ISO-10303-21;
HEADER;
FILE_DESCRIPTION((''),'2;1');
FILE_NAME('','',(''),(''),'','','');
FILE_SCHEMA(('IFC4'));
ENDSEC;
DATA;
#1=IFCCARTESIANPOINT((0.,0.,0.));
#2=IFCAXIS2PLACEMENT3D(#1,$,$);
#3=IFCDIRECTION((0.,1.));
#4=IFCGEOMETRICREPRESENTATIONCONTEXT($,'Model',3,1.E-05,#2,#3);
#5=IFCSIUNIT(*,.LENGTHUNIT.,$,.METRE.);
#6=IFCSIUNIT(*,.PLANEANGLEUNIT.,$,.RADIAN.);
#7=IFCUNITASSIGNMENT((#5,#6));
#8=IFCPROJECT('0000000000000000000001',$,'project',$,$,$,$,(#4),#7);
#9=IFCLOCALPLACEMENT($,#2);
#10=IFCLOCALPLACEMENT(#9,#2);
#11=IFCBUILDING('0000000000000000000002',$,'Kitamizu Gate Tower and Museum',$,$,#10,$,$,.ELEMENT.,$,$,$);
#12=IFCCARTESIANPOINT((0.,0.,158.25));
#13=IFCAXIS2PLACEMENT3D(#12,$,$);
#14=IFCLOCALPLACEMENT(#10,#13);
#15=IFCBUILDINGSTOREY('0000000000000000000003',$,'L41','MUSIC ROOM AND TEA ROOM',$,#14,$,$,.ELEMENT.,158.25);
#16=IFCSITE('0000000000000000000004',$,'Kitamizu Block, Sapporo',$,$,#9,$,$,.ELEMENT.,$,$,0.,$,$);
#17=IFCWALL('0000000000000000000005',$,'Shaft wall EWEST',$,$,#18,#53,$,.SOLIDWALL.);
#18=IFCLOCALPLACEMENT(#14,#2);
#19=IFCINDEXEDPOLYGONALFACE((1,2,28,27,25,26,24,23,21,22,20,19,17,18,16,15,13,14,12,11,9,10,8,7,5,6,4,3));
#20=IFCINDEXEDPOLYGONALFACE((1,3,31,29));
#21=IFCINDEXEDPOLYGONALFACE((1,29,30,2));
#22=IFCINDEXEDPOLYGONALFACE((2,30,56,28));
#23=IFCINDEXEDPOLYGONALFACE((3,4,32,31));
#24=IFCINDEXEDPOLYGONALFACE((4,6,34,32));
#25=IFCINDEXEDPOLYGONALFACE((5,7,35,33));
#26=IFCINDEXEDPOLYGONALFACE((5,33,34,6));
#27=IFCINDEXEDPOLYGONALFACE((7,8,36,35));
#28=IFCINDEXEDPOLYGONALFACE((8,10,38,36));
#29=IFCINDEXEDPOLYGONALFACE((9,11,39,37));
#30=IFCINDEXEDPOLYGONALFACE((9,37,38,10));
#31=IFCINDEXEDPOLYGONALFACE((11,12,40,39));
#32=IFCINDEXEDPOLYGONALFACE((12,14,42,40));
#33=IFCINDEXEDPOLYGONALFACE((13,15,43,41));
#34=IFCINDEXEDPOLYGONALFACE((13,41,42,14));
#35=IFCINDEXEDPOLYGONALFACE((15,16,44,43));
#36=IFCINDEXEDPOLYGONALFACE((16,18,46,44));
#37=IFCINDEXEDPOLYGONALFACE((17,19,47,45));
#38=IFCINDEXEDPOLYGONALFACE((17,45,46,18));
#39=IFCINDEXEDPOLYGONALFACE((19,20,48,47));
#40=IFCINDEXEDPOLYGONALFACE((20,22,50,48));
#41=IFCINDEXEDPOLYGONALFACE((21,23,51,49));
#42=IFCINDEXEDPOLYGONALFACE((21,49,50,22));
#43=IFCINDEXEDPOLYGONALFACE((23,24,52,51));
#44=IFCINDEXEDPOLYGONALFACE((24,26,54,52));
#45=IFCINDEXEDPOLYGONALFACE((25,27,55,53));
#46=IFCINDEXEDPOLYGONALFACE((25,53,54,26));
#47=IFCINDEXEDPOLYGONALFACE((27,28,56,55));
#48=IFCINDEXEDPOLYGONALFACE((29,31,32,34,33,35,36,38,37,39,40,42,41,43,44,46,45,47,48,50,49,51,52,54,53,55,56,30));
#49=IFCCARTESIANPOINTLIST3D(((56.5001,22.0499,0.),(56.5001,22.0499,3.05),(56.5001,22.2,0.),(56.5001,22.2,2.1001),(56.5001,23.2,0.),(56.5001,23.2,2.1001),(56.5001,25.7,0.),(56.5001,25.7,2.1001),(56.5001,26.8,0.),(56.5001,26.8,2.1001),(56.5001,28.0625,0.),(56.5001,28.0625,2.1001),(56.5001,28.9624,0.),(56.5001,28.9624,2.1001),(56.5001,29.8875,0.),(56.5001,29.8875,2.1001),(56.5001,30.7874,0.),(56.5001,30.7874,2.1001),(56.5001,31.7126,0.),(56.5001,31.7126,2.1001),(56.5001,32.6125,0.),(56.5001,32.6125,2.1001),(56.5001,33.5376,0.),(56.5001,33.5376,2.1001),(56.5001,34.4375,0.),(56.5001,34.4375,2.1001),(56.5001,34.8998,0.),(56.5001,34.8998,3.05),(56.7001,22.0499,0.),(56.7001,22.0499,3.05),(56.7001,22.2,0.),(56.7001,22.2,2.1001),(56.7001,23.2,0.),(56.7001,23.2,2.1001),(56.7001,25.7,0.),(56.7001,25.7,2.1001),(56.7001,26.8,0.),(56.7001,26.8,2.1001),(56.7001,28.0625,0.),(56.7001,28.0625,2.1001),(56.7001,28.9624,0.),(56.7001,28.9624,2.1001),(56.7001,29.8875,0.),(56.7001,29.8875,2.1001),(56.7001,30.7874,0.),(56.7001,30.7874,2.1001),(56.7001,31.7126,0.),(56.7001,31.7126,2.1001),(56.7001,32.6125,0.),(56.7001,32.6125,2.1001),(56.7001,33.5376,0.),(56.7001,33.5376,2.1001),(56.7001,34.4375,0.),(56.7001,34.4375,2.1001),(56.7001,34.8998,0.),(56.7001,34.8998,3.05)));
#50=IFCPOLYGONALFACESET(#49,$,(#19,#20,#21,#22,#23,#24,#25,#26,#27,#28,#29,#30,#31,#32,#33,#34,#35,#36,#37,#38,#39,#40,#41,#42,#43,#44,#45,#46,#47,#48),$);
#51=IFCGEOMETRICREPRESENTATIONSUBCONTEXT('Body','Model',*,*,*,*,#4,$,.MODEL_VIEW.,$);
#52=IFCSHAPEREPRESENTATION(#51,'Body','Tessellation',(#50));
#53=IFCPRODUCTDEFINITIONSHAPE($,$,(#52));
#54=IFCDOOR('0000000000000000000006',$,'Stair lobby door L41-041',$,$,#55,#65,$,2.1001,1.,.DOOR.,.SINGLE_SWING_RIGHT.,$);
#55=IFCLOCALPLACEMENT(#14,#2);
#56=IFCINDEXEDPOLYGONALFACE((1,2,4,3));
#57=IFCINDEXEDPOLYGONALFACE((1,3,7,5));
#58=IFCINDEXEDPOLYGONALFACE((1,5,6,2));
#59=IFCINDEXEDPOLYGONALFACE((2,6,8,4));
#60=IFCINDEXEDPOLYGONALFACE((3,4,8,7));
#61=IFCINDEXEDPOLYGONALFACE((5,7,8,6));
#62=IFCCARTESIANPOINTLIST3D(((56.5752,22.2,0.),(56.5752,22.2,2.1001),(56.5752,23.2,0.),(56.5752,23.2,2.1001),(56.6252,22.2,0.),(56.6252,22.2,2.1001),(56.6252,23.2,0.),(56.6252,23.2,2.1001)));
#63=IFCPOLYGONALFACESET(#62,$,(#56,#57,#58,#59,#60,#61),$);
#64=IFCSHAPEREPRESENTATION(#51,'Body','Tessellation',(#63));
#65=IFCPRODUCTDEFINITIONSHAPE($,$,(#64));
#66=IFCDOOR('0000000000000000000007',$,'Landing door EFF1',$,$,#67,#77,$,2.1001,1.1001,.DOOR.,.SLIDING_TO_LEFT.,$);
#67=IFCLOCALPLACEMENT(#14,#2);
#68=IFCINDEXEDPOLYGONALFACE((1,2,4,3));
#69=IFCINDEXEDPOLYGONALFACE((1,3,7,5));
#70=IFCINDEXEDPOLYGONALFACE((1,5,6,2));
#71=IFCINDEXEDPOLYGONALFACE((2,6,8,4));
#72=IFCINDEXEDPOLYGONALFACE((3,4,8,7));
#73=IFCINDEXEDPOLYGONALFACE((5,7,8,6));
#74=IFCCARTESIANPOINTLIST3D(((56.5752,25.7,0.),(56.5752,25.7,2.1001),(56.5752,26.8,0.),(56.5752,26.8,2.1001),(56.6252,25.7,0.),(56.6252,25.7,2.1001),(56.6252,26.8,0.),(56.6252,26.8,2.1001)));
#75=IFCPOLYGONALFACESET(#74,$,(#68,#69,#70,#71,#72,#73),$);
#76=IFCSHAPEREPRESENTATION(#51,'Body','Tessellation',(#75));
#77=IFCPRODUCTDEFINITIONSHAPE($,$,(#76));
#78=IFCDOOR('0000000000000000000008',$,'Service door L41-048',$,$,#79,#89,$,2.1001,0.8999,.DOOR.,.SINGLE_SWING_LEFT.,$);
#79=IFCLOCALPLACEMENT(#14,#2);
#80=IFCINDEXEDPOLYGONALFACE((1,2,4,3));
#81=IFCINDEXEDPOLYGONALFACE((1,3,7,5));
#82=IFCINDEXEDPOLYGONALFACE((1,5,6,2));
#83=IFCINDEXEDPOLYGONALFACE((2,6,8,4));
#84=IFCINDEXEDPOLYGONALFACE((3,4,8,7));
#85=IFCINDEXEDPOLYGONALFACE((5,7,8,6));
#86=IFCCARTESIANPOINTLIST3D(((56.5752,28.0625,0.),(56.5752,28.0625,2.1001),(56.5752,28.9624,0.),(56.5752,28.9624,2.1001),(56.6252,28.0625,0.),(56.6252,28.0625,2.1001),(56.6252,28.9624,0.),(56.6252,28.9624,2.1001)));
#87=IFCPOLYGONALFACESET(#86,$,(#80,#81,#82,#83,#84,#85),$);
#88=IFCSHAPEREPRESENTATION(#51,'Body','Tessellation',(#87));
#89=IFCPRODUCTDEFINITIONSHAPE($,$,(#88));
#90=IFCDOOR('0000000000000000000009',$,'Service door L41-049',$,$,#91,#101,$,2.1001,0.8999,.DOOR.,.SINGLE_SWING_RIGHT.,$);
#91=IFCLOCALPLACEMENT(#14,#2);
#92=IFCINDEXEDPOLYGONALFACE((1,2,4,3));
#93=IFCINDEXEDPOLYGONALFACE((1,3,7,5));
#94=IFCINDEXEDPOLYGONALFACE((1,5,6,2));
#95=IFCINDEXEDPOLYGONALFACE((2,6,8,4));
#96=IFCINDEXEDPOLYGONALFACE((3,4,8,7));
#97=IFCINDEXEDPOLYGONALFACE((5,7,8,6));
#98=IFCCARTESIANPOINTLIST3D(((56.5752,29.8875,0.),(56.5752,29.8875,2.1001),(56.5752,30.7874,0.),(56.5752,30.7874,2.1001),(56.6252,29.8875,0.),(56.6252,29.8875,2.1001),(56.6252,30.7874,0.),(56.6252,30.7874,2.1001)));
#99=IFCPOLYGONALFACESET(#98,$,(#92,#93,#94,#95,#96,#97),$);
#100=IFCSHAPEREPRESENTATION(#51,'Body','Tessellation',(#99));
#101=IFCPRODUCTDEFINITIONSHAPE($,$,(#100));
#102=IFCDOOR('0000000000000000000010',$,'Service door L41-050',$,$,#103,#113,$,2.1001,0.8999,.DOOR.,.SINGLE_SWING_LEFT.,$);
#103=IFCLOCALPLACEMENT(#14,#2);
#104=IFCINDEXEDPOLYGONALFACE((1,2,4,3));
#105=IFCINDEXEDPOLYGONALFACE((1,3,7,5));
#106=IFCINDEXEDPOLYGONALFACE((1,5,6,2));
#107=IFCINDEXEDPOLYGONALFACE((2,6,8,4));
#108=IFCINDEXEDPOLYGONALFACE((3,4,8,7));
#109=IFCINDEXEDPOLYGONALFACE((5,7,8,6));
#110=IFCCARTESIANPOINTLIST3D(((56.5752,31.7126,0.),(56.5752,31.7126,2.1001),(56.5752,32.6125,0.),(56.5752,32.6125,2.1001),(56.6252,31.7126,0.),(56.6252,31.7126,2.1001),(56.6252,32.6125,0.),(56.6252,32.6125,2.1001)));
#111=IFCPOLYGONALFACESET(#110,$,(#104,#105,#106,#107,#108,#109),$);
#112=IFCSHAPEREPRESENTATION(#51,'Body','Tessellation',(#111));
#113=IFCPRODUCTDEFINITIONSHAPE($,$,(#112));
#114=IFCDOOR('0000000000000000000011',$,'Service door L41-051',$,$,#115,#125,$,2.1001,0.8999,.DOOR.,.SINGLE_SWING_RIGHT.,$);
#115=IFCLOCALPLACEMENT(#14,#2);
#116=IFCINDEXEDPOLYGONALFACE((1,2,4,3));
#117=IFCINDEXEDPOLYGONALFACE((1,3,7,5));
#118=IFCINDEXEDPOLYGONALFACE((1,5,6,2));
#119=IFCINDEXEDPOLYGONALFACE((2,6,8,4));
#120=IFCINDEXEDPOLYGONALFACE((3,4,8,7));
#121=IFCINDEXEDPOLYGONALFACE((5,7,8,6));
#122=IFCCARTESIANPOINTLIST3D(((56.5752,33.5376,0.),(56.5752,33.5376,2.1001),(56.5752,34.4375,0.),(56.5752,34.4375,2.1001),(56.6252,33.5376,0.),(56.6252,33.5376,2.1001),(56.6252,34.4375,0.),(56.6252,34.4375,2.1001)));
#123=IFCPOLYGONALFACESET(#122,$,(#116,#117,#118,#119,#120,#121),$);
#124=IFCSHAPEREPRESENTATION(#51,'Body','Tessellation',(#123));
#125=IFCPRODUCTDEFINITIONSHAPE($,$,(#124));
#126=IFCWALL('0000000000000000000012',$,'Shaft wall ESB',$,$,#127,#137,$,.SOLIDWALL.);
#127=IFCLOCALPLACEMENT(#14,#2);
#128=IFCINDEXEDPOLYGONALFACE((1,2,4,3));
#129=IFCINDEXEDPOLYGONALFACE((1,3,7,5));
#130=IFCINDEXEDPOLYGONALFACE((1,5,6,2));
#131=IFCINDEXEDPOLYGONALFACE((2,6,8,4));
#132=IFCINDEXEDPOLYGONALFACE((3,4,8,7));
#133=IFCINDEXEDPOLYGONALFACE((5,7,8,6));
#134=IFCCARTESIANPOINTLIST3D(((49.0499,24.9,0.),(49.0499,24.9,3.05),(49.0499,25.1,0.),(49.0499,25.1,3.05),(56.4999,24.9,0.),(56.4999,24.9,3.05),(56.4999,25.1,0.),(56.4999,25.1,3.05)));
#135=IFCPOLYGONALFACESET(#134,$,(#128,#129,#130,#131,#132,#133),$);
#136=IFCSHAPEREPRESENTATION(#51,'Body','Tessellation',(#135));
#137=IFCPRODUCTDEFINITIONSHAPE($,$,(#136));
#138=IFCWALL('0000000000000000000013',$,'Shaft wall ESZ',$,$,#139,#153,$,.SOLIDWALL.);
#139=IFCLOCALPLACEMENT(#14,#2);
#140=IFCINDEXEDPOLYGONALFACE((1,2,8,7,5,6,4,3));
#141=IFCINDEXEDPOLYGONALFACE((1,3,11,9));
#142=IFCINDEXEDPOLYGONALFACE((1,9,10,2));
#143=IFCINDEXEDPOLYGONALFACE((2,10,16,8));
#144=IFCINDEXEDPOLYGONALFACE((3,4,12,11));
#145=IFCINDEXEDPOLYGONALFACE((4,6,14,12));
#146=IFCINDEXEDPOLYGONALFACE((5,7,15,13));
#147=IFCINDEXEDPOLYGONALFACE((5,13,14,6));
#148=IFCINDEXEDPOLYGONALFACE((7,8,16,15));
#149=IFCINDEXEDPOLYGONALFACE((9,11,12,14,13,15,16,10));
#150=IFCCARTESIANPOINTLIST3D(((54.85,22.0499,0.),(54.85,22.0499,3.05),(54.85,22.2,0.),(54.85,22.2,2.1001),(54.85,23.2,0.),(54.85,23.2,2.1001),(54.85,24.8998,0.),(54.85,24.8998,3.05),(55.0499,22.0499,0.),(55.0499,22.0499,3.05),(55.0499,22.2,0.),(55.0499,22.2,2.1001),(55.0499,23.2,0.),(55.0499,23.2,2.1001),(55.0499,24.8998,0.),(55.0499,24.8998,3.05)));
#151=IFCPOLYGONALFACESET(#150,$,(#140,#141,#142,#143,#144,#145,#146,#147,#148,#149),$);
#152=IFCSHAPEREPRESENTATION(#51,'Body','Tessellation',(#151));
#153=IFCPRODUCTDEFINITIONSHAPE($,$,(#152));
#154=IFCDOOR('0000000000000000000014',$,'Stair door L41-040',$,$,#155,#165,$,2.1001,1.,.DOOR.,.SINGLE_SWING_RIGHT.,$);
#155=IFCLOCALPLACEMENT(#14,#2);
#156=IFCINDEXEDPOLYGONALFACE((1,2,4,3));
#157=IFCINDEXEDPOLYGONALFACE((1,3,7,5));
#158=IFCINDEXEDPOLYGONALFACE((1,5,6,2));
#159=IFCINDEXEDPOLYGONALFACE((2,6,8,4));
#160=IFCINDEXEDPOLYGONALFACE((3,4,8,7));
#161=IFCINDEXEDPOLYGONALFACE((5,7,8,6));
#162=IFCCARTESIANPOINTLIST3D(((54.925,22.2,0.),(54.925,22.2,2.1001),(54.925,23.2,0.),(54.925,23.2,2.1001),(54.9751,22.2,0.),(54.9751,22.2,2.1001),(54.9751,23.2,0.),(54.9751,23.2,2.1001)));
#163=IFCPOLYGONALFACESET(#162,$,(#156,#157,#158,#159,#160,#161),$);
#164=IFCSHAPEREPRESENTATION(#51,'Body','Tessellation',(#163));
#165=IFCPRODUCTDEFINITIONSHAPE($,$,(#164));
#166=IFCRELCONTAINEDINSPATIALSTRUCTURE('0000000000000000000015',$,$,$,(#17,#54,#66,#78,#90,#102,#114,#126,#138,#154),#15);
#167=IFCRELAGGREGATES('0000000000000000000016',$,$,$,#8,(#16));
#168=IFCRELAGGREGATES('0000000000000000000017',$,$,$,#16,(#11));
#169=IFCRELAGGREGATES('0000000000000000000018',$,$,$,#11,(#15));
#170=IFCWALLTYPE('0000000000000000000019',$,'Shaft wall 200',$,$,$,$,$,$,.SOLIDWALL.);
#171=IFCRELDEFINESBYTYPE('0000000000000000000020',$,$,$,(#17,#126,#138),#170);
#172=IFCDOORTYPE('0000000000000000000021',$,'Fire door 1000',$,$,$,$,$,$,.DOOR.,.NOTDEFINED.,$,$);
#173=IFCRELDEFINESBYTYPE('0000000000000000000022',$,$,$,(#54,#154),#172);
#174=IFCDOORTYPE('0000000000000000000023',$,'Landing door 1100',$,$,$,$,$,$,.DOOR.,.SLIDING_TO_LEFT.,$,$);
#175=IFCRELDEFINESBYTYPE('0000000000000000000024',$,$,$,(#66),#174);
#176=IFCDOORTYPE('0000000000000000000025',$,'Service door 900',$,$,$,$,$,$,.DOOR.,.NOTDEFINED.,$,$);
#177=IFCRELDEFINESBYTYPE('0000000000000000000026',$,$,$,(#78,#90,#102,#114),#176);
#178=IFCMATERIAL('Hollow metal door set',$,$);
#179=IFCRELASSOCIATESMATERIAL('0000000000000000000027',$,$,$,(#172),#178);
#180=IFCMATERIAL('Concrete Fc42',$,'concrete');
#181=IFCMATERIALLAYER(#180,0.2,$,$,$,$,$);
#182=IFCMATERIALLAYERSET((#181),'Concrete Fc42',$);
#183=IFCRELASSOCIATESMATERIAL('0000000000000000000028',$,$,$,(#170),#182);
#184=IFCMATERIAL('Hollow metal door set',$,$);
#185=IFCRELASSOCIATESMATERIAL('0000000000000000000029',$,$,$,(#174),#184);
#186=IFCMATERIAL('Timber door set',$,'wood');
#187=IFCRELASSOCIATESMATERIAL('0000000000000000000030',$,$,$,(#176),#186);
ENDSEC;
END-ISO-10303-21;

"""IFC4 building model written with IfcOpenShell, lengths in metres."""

from ifc_helpers import new_model, si_unit, direction, frame, frame_2d, origin, place, context, subcontext, project, spatial, rectangle, extrude, material, layer, layer_set, type_object, element, fill, save


model = new_model("IFC4")

# Units and contexts
model_context = context("Model", 3, precision=1e-05, world=origin(), true_north=direction((0.0, 1.0)))
body_context = subcontext(model_context, "Body", "Model", "MODEL_VIEW")
ifc_project = project(units=[si_unit("LENGTHUNIT", "METRE"), si_unit("PLANEANGLEUNIT", "RADIAN")], contexts=[model_context])

# Site, building, storey
site_placement = place(None, origin())
site = spatial("IfcSite", under=ifc_project, at=site_placement, Name="Kitamizu Block, Sapporo", CompositionType="ELEMENT", RefElevation=0.0)
building_placement = place(site_placement, origin())
building = spatial("IfcBuilding", under=site, at=building_placement, Name="Kitamizu Gate Tower and Museum", CompositionType="ELEMENT")
storey_placement = place(building_placement, frame((0.0, 0.0, 158.25)))
storey = spatial("IfcBuildingStorey", under=building, at=storey_placement, Name="L41", Description="MUSIC ROOM AND TEA ROOM", CompositionType="ELEMENT", Elevation=158.25)

# Shared definitions
ifc_material_1 = material(Name="Hollow metal door set")
door_type_1 = type_object("IfcDoorType", Name="Fire door 1000", OperationType="NOTDEFINED", PredefinedType="DOOR", material=ifc_material_1)

# Wall, openings, doors
ifc_material_2 = material(Name="Concrete Fc42", Category="concrete")
ifc_layer_1 = layer(ifc_material_2, 0.2)
ifc_layer_set_1 = layer_set([ifc_layer_1], Name="Concrete Fc42")
wall_type_1 = type_object("IfcWallType", Name="Shaft wall 200", PredefinedType="SOLIDWALL", material=ifc_layer_set_1)
wall_1_placement = place(storey_placement, frame((56.6001, 22.05, 0.0), z_axis=(0.0, 0.0, 1.0), x_axis=(0.0, 1.0, 0.0)))
wall_1 = element("IfcWall", 1, at=wall_1_placement, inside=storey, type_object=wall_type_1, Name="Shaft wall EWEST", PredefinedType="SOLIDWALL", context=body_context, shape_type="SweptSolid", body=[
    extrude(rectangle(XDim=12.8499, YDim=0.2, at=frame_2d((6.4248, 0.0))), origin(), (0.0, 0.0, 1.0), 3.05),
])
opening_1_placement = place(wall_1_placement, frame((3.6499, 0.0, 0.0)))
opening_1 = element("IfcOpeningElement", 2, at=opening_1_placement, cuts=wall_1, PredefinedType="OPENING", context=body_context, shape_type="SweptSolid", body=[
    extrude(rectangle(XDim=1.1001, YDim=2.1001, at=frame_2d((0.55, 1.05))), frame((0.0, 0.1099, 0.0), z_axis=(0.0, -1.0, 0.0), x_axis=(1.0, 0.0, 0.0)), (0.0, 0.0, 1.0), 0.22),
])
opening_2_placement = place(wall_1_placement, frame((0.1499, 0.0, 0.0)))
opening_2 = element("IfcOpeningElement", 3, at=opening_2_placement, cuts=wall_1, PredefinedType="OPENING", context=body_context, shape_type="SweptSolid", body=[
    extrude(rectangle(XDim=1.0, YDim=2.1001, at=frame_2d((0.5, 1.05))), frame((0.0, 0.1099, 0.0), z_axis=(0.0, -1.0, 0.0), x_axis=(1.0, 0.0, 0.0)), (0.0, 0.0, 1.0), 0.22),
])
opening_3_placement = place(wall_1_placement, frame((6.0125, 0.0, 0.0)))
opening_3 = element("IfcOpeningElement", 4, at=opening_3_placement, cuts=wall_1, PredefinedType="OPENING", context=body_context, shape_type="SweptSolid", body=[
    extrude(rectangle(XDim=0.8999, YDim=2.1001, at=frame_2d((0.45, 1.05))), frame((0.0, 0.1099, 0.0), z_axis=(0.0, -1.0, 0.0), x_axis=(1.0, 0.0, 0.0)), (0.0, 0.0, 1.0), 0.22),
])
opening_4_placement = place(wall_1_placement, frame((7.8374, 0.0, 0.0)))
opening_4 = element("IfcOpeningElement", 5, at=opening_4_placement, cuts=wall_1, PredefinedType="OPENING", context=body_context, shape_type="SweptSolid", body=[
    extrude(rectangle(XDim=0.8999, YDim=2.1001, at=frame_2d((0.45, 1.05))), frame((0.0, 0.1099, 0.0), z_axis=(0.0, -1.0, 0.0), x_axis=(1.0, 0.0, 0.0)), (0.0, 0.0, 1.0), 0.22),
])
opening_5_placement = place(wall_1_placement, frame((9.6626, 0.0, 0.0)))
opening_5 = element("IfcOpeningElement", 6, at=opening_5_placement, cuts=wall_1, PredefinedType="OPENING", context=body_context, shape_type="SweptSolid", body=[
    extrude(rectangle(XDim=0.8999, YDim=2.1001, at=frame_2d((0.45, 1.05))), frame((0.0, 0.1099, 0.0), z_axis=(0.0, -1.0, 0.0), x_axis=(1.0, 0.0, 0.0)), (0.0, 0.0, 1.0), 0.22),
])
opening_6_placement = place(wall_1_placement, frame((11.4875, 0.0, 0.0)))
opening_6 = element("IfcOpeningElement", 7, at=opening_6_placement, cuts=wall_1, PredefinedType="OPENING", context=body_context, shape_type="SweptSolid", body=[
    extrude(rectangle(XDim=0.8999, YDim=2.1001, at=frame_2d((0.45, 1.05))), frame((0.0, 0.1099, 0.0), z_axis=(0.0, -1.0, 0.0), x_axis=(1.0, 0.0, 0.0)), (0.0, 0.0, 1.0), 0.22),
])
door_1_placement = place(opening_2_placement, origin())
door_1 = element("IfcDoor", 8, at=door_1_placement, inside=storey, type_object=door_type_1, Name="Stair lobby door L41-041", OperationType="SINGLE_SWING_RIGHT", OverallHeight=2.1001, OverallWidth=1.0, PredefinedType="DOOR", context=body_context, shape_type="SweptSolid", body=[
    extrude(rectangle(XDim=1.0, YDim=2.1001, at=frame_2d((0.5, 1.05))), frame((0.0, 0.0249, 0.0), z_axis=(0.0, -1.0, 0.0), x_axis=(1.0, 0.0, 0.0)), (0.0, 0.0, 1.0), 0.05),
])
fill(opening_2, door_1)
ifc_material_3 = material(Name="Hollow metal door set")
door_type_2 = type_object("IfcDoorType", Name="Landing door 1100", OperationType="SLIDING_TO_LEFT", PredefinedType="DOOR", material=ifc_material_3)
door_2_placement = place(opening_1_placement, origin())
door_2 = element("IfcDoor", 9, at=door_2_placement, inside=storey, type_object=door_type_2, Name="Landing door EFF1", OperationType="SLIDING_TO_LEFT", OverallHeight=2.1001, OverallWidth=1.1001, PredefinedType="DOOR", context=body_context, shape_type="SweptSolid", body=[
    extrude(rectangle(XDim=1.1001, YDim=2.1001, at=frame_2d((0.55, 1.05))), frame((0.0, 0.0249, 0.0), z_axis=(0.0, -1.0, 0.0), x_axis=(1.0, 0.0, 0.0)), (0.0, 0.0, 1.0), 0.05),
])
fill(opening_1, door_2)
ifc_material_4 = material(Name="Timber door set", Category="wood")
door_type_3 = type_object("IfcDoorType", Name="Service door 900", OperationType="NOTDEFINED", PredefinedType="DOOR", material=ifc_material_4)
door_3_placement = place(opening_3_placement, origin())
door_3 = element("IfcDoor", 10, at=door_3_placement, inside=storey, type_object=door_type_3, Name="Service door L41-048", OperationType="SINGLE_SWING_LEFT", OverallHeight=2.1001, OverallWidth=0.8999, PredefinedType="DOOR", context=body_context, shape_type="SweptSolid", body=[
    extrude(rectangle(XDim=0.8999, YDim=2.1001, at=frame_2d((0.45, 1.05))), frame((0.0, 0.0249, 0.0), z_axis=(0.0, -1.0, 0.0), x_axis=(1.0, 0.0, 0.0)), (0.0, 0.0, 1.0), 0.05),
])
fill(opening_3, door_3)
door_4_placement = place(opening_4_placement, origin())
door_4 = element("IfcDoor", 11, at=door_4_placement, inside=storey, type_object=door_type_3, Name="Service door L41-049", OperationType="SINGLE_SWING_RIGHT", OverallHeight=2.1001, OverallWidth=0.8999, PredefinedType="DOOR", context=body_context, shape_type="SweptSolid", body=[
    extrude(rectangle(XDim=0.8999, YDim=2.1001, at=frame_2d((0.45, 1.05))), frame((0.0, 0.0249, 0.0), z_axis=(0.0, -1.0, 0.0), x_axis=(1.0, 0.0, 0.0)), (0.0, 0.0, 1.0), 0.05),
])
fill(opening_4, door_4)
door_5_placement = place(opening_5_placement, origin())
door_5 = element("IfcDoor", 12, at=door_5_placement, inside=storey, type_object=door_type_3, Name="Service door L41-050", OperationType="SINGLE_SWING_LEFT", OverallHeight=2.1001, OverallWidth=0.8999, PredefinedType="DOOR", context=body_context, shape_type="SweptSolid", body=[
    extrude(rectangle(XDim=0.8999, YDim=2.1001, at=frame_2d((0.45, 1.05))), frame((0.0, 0.0249, 0.0), z_axis=(0.0, -1.0, 0.0), x_axis=(1.0, 0.0, 0.0)), (0.0, 0.0, 1.0), 0.05),
])
fill(opening_5, door_5)
door_6_placement = place(opening_6_placement, origin())
door_6 = element("IfcDoor", 13, at=door_6_placement, inside=storey, type_object=door_type_3, Name="Service door L41-051", OperationType="SINGLE_SWING_RIGHT", OverallHeight=2.1001, OverallWidth=0.8999, PredefinedType="DOOR", context=body_context, shape_type="SweptSolid", body=[
    extrude(rectangle(XDim=0.8999, YDim=2.1001, at=frame_2d((0.45, 1.05))), frame((0.0, 0.0249, 0.0), z_axis=(0.0, -1.0, 0.0), x_axis=(1.0, 0.0, 0.0)), (0.0, 0.0, 1.0), 0.05),
])
fill(opening_6, door_6)

# Wall
wall_2_placement = place(storey_placement, frame((56.5, 25.0, 0.0), z_axis=(0.0, 0.0, 1.0), x_axis=(-1.0, 0.0, 0.0)))
element("IfcWall", 14, at=wall_2_placement, inside=storey, type_object=wall_type_1, Name="Shaft wall ESB", PredefinedType="SOLIDWALL", context=body_context, shape_type="SweptSolid", body=[
    extrude(rectangle(XDim=7.45, YDim=0.2, at=frame_2d((3.7251, 0.0))), origin(), (0.0, 0.0, 1.0), 3.05),
])

# Wall, opening, door
wall_3_placement = place(storey_placement, frame((54.95, 22.05, 0.0), z_axis=(0.0, 0.0, 1.0), x_axis=(0.0, 1.0, 0.0)))
wall_3 = element("IfcWall", 15, at=wall_3_placement, inside=storey, type_object=wall_type_1, Name="Shaft wall ESZ", PredefinedType="SOLIDWALL", context=body_context, shape_type="SweptSolid", body=[
    extrude(rectangle(XDim=2.8499, YDim=0.2, at=frame_2d((1.4248, 0.0))), origin(), (0.0, 0.0, 1.0), 3.05),
])
opening_7_placement = place(wall_3_placement, frame((0.1499, 0.0, 0.0)))
opening_7 = element("IfcOpeningElement", 16, at=opening_7_placement, cuts=wall_3, PredefinedType="OPENING", context=body_context, shape_type="SweptSolid", body=[
    extrude(rectangle(XDim=1.0, YDim=2.1001, at=frame_2d((0.5, 1.05))), frame((0.0, 0.1099, 0.0), z_axis=(0.0, -1.0, 0.0), x_axis=(1.0, 0.0, 0.0)), (0.0, 0.0, 1.0), 0.22),
])
door_7_placement = place(opening_7_placement, origin())
door_7 = element("IfcDoor", 17, at=door_7_placement, inside=storey, type_object=door_type_1, Name="Stair door L41-040", OperationType="SINGLE_SWING_RIGHT", OverallHeight=2.1001, OverallWidth=1.0, PredefinedType="DOOR", context=body_context, shape_type="SweptSolid", body=[
    extrude(rectangle(XDim=1.0, YDim=2.1001, at=frame_2d((0.5, 1.05))), frame((0.0, 0.0249, 0.0), z_axis=(0.0, -1.0, 0.0), x_axis=(1.0, 0.0, 0.0)), (0.0, 0.0, 1.0), 0.05),
])
fill(opening_7, door_7)

save(model, "model.ifc")
